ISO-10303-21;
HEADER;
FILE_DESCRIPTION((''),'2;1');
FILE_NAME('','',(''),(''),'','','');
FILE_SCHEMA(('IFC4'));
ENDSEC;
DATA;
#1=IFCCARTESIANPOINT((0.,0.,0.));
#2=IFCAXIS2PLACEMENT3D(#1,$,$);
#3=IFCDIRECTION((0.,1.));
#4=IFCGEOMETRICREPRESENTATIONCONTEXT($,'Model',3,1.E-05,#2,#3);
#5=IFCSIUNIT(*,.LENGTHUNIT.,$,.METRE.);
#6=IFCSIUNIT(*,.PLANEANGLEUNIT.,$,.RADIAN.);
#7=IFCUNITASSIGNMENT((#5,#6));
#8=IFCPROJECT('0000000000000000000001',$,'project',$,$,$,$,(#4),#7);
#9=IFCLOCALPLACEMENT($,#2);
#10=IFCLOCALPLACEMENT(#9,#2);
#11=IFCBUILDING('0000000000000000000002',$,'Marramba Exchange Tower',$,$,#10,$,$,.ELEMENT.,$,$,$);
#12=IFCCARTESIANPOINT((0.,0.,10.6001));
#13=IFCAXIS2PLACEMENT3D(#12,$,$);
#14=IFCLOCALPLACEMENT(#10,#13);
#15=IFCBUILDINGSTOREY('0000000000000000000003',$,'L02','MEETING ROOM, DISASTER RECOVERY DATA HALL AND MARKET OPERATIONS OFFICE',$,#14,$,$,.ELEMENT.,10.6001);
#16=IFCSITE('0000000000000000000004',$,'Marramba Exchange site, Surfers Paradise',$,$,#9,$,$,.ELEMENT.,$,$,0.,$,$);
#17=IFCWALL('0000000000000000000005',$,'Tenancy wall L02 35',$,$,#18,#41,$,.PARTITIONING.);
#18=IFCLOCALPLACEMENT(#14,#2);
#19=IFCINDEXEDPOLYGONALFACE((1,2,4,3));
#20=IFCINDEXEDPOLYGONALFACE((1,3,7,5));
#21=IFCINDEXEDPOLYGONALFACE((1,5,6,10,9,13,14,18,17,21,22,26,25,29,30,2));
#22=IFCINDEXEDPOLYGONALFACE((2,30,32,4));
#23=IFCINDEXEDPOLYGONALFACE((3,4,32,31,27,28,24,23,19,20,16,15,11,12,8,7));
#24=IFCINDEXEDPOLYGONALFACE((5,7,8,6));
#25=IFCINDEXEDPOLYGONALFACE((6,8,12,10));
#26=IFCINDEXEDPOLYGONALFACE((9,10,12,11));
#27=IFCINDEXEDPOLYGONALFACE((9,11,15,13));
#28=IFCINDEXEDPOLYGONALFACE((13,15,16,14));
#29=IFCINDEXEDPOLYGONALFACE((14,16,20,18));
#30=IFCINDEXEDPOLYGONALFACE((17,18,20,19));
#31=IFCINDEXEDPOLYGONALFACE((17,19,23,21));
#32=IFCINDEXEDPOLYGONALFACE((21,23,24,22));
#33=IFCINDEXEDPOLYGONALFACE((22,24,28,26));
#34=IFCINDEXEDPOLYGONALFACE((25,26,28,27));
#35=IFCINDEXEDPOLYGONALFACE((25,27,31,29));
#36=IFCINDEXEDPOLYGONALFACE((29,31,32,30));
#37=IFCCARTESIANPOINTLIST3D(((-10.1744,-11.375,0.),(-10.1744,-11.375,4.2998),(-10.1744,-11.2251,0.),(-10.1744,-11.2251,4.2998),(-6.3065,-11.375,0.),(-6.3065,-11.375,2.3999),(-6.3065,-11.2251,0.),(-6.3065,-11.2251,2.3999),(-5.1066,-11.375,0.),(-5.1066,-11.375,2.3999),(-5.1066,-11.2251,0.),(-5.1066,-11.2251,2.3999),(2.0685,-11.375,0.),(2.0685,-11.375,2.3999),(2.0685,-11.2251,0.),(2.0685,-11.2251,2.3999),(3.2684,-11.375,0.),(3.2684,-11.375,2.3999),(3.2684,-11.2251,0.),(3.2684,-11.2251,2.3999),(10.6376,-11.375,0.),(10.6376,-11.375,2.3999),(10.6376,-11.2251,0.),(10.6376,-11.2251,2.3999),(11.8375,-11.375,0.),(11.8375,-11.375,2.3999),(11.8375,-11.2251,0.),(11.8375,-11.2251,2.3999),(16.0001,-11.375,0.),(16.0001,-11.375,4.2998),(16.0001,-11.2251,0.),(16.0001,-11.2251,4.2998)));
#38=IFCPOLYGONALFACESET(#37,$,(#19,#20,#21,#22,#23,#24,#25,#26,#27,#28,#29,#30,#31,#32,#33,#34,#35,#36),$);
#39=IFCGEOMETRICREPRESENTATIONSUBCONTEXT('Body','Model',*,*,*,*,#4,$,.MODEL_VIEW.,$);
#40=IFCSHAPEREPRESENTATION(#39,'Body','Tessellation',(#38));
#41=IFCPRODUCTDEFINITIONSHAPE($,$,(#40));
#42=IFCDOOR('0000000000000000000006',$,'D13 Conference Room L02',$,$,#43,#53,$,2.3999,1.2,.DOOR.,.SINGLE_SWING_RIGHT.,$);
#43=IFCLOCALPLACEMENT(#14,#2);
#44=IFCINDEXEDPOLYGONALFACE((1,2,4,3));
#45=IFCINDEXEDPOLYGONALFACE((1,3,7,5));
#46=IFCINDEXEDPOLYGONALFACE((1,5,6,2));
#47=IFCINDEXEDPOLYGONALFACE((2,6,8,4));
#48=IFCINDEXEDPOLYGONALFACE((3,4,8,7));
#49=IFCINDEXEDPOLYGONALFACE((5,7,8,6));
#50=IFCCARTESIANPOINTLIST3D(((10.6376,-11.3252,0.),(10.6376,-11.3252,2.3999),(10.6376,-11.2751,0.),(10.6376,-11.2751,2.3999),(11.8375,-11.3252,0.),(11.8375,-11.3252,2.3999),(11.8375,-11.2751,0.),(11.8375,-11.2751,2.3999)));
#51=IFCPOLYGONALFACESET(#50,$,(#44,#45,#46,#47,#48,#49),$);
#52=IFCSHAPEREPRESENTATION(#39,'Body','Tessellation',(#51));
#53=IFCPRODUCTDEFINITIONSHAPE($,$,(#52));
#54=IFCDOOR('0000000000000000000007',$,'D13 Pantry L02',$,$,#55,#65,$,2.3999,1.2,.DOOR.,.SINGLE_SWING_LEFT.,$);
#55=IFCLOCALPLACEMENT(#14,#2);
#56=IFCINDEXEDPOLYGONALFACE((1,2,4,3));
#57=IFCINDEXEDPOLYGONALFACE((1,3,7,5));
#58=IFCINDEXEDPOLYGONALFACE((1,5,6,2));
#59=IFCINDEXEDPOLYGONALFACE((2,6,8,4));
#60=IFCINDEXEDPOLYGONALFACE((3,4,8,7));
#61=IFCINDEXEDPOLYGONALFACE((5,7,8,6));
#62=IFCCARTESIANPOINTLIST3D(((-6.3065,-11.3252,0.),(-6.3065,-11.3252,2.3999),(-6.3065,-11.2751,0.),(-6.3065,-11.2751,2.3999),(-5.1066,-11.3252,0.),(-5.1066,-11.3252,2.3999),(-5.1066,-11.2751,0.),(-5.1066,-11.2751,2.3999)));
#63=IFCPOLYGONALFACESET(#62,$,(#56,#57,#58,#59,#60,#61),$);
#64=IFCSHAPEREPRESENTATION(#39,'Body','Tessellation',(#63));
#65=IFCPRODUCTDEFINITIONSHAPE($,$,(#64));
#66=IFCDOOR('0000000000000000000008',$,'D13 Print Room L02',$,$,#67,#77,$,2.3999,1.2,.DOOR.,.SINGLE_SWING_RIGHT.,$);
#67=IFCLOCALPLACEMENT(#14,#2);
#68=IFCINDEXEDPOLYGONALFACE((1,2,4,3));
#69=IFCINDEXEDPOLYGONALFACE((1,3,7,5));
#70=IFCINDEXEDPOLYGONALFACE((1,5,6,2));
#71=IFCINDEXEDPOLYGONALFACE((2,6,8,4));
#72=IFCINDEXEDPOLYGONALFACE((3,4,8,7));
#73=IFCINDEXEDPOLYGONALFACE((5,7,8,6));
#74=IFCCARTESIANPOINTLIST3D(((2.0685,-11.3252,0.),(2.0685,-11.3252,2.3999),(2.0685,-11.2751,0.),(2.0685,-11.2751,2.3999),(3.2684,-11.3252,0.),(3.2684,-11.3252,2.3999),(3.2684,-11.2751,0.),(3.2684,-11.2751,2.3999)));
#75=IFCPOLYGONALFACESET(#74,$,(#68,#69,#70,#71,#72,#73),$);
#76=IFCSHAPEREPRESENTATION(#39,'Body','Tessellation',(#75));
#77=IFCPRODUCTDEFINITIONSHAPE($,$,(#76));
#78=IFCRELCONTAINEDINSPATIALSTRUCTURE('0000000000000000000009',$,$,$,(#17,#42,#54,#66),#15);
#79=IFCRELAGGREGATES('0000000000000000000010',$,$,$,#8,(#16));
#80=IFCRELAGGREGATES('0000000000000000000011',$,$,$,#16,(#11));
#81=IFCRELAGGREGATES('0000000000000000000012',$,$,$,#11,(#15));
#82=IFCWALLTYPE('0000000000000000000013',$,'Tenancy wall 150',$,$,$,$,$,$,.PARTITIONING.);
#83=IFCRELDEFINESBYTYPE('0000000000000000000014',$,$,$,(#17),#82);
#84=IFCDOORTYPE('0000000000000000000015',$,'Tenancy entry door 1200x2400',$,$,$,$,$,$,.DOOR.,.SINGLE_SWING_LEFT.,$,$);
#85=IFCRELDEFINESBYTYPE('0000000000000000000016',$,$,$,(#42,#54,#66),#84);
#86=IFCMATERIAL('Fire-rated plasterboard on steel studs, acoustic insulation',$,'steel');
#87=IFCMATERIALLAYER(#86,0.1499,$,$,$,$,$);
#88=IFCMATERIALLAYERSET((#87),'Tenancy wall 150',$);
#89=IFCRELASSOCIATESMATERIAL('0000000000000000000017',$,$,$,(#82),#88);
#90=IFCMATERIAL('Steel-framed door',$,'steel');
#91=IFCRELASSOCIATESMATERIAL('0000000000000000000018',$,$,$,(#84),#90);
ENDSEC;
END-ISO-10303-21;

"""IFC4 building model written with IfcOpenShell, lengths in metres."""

from ifc_helpers import new_model, si_unit, direction, frame, frame_2d, origin, place, context, subcontext, project, spatial, rectangle, extrude, material, layer, layer_set, type_object, element, fill, save


model = new_model("IFC4")

# Units and contexts
model_context = context("Model", 3, precision=1e-05, world=origin(), true_north=direction((0.0, 1.0)))
body_context = subcontext(model_context, "Body", "Model", "MODEL_VIEW")
ifc_project = project(units=[si_unit("LENGTHUNIT", "METRE"), si_unit("PLANEANGLEUNIT", "RADIAN")], contexts=[model_context])

# Site, building, storey
site_placement = place(None, origin())
site = spatial("IfcSite", under=ifc_project, at=site_placement, Name="Marramba Exchange site, Surfers Paradise", CompositionType="ELEMENT", RefElevation=0.0)
building_placement = place(site_placement, origin())
building = spatial("IfcBuilding", under=site, at=building_placement, Name="Marramba Exchange Tower", CompositionType="ELEMENT")
storey_placement = place(building_placement, frame((0.0, 0.0, 10.6001)))
storey = spatial("IfcBuildingStorey", under=building, at=storey_placement, Name="L02", Description="MEETING ROOM, DISASTER RECOVERY DATA HALL AND MARKET OPERATIONS OFFICE", CompositionType="ELEMENT", Elevation=10.6001)

# Wall, openings, doors
ifc_material_1 = material(Name="Steel-framed door", Category="steel")
ifc_material_2 = material(Name="Fire-rated plasterboard on steel studs, acoustic insulation", Category="steel")
ifc_layer_1 = layer(ifc_material_2, 0.1499)
ifc_layer_set_1 = layer_set([ifc_layer_1], Name="Tenancy wall 150")
wall_type_1 = type_object("IfcWallType", Name="Tenancy wall 150", PredefinedType="PARTITIONING", material=ifc_layer_set_1)
wall_1_placement = place(storey_placement, frame((-10.1746, -11.3, 0.0), z_axis=(0.0, 0.0, 1.0), x_axis=(1.0, 0.0, 0.0)))
wall_1 = element("IfcWall", 1, at=wall_1_placement, inside=storey, type_object=wall_type_1, Name="Tenancy wall L02 35", PredefinedType="PARTITIONING", context=body_context, shape_type="SweptSolid", body=[
    extrude(rectangle(XDim=26.1746, YDim=0.1499, at=frame_2d((13.0874, 0.0))), origin(), (0.0, 0.0, 1.0), 4.2998),
])
opening_1_placement = place(wall_1_placement, frame((20.812, 0.0, 0.0)))
opening_1 = element("IfcOpeningElement", 2, at=opening_1_placement, cuts=wall_1, PredefinedType="OPENING", context=body_context, shape_type="SweptSolid", body=[
    extrude(rectangle(XDim=1.2, YDim=2.3999, at=frame_2d((0.6001, 1.2))), frame((0.0, 0.085, 0.0), z_axis=(0.0, -1.0, 0.0), x_axis=(1.0, 0.0, 0.0)), (0.0, 0.0, 1.0), 0.1699),
])
opening_2_placement = place(wall_1_placement, frame((3.8679, 0.0, 0.0)))
opening_2 = element("IfcOpeningElement", 3, at=opening_2_placement, cuts=wall_1, PredefinedType="OPENING", context=body_context, shape_type="SweptSolid", body=[
    extrude(rectangle(XDim=1.2, YDim=2.3999, at=frame_2d((0.6001, 1.2))), frame((0.0, 0.085, 0.0), z_axis=(0.0, -1.0, 0.0), x_axis=(1.0, 0.0, 0.0)), (0.0, 0.0, 1.0), 0.1699),
])
opening_3_placement = place(wall_1_placement, frame((12.2429, 0.0, 0.0)))
opening_3 = element("IfcOpeningElement", 4, at=opening_3_placement, cuts=wall_1, PredefinedType="OPENING", context=body_context, shape_type="SweptSolid", body=[
    extrude(rectangle(XDim=1.2, YDim=2.3999, at=frame_2d((0.6001, 1.2))), frame((0.0, 0.085, 0.0), z_axis=(0.0, -1.0, 0.0), x_axis=(1.0, 0.0, 0.0)), (0.0, 0.0, 1.0), 0.1699),
])
door_type_1 = type_object("IfcDoorType", Name="Tenancy entry door 1200x2400", OperationType="SINGLE_SWING_LEFT", PredefinedType="DOOR", material=ifc_material_1)
door_1_placement = place(opening_1_placement, origin())
door_1 = element("IfcDoor", 5, at=door_1_placement, inside=storey, type_object=door_type_1, Name="D13 Conference Room L02", OperationType="SINGLE_SWING_RIGHT", OverallHeight=2.3999, OverallWidth=1.2, PredefinedType="DOOR", context=body_context, shape_type="SweptSolid", body=[
    extrude(rectangle(XDim=1.2, YDim=2.3999, at=frame_2d((0.6001, 1.2))), frame((0.0, 0.0249, 0.0), z_axis=(0.0, -1.0, 0.0), x_axis=(1.0, 0.0, 0.0)), (0.0, 0.0, 1.0), 0.05),
])
fill(opening_1, door_1)
door_2_placement = place(opening_2_placement, frame((1.2, 0.0, 0.0), z_axis=(0.0, 0.0, 1.0), x_axis=(-1.0, 0.0, 0.0)))
door_2 = element("IfcDoor", 6, at=door_2_placement, inside=storey, type_object=door_type_1, Name="D13 Pantry L02", OperationType="SINGLE_SWING_LEFT", OverallHeight=2.3999, OverallWidth=1.2, PredefinedType="DOOR", context=body_context, shape_type="SweptSolid", body=[
    extrude(rectangle(XDim=1.2, YDim=2.3999, at=frame_2d((0.5999, 1.2))), frame((0.0, 0.0251, 0.0), z_axis=(0.0, -1.0, 0.0), x_axis=(1.0, 0.0, 0.0)), (0.0, 0.0, 1.0), 0.05),
])
fill(opening_2, door_2)
door_3_placement = place(opening_3_placement, frame((1.2, 0.0, 0.0), z_axis=(0.0, 0.0, 1.0), x_axis=(-1.0, 0.0, 0.0)))
door_3 = element("IfcDoor", 7, at=door_3_placement, inside=storey, type_object=door_type_1, Name="D13 Print Room L02", OperationType="SINGLE_SWING_RIGHT", OverallHeight=2.3999, OverallWidth=1.2, PredefinedType="DOOR", context=body_context, shape_type="SweptSolid", body=[
    extrude(rectangle(XDim=1.2, YDim=2.3999, at=frame_2d((0.5999, 1.2))), frame((0.0, 0.0251, 0.0), z_axis=(0.0, -1.0, 0.0), x_axis=(1.0, 0.0, 0.0)), (0.0, 0.0, 1.0), 0.05),
])
fill(opening_3, door_3)

save(model, "model.ifc")
